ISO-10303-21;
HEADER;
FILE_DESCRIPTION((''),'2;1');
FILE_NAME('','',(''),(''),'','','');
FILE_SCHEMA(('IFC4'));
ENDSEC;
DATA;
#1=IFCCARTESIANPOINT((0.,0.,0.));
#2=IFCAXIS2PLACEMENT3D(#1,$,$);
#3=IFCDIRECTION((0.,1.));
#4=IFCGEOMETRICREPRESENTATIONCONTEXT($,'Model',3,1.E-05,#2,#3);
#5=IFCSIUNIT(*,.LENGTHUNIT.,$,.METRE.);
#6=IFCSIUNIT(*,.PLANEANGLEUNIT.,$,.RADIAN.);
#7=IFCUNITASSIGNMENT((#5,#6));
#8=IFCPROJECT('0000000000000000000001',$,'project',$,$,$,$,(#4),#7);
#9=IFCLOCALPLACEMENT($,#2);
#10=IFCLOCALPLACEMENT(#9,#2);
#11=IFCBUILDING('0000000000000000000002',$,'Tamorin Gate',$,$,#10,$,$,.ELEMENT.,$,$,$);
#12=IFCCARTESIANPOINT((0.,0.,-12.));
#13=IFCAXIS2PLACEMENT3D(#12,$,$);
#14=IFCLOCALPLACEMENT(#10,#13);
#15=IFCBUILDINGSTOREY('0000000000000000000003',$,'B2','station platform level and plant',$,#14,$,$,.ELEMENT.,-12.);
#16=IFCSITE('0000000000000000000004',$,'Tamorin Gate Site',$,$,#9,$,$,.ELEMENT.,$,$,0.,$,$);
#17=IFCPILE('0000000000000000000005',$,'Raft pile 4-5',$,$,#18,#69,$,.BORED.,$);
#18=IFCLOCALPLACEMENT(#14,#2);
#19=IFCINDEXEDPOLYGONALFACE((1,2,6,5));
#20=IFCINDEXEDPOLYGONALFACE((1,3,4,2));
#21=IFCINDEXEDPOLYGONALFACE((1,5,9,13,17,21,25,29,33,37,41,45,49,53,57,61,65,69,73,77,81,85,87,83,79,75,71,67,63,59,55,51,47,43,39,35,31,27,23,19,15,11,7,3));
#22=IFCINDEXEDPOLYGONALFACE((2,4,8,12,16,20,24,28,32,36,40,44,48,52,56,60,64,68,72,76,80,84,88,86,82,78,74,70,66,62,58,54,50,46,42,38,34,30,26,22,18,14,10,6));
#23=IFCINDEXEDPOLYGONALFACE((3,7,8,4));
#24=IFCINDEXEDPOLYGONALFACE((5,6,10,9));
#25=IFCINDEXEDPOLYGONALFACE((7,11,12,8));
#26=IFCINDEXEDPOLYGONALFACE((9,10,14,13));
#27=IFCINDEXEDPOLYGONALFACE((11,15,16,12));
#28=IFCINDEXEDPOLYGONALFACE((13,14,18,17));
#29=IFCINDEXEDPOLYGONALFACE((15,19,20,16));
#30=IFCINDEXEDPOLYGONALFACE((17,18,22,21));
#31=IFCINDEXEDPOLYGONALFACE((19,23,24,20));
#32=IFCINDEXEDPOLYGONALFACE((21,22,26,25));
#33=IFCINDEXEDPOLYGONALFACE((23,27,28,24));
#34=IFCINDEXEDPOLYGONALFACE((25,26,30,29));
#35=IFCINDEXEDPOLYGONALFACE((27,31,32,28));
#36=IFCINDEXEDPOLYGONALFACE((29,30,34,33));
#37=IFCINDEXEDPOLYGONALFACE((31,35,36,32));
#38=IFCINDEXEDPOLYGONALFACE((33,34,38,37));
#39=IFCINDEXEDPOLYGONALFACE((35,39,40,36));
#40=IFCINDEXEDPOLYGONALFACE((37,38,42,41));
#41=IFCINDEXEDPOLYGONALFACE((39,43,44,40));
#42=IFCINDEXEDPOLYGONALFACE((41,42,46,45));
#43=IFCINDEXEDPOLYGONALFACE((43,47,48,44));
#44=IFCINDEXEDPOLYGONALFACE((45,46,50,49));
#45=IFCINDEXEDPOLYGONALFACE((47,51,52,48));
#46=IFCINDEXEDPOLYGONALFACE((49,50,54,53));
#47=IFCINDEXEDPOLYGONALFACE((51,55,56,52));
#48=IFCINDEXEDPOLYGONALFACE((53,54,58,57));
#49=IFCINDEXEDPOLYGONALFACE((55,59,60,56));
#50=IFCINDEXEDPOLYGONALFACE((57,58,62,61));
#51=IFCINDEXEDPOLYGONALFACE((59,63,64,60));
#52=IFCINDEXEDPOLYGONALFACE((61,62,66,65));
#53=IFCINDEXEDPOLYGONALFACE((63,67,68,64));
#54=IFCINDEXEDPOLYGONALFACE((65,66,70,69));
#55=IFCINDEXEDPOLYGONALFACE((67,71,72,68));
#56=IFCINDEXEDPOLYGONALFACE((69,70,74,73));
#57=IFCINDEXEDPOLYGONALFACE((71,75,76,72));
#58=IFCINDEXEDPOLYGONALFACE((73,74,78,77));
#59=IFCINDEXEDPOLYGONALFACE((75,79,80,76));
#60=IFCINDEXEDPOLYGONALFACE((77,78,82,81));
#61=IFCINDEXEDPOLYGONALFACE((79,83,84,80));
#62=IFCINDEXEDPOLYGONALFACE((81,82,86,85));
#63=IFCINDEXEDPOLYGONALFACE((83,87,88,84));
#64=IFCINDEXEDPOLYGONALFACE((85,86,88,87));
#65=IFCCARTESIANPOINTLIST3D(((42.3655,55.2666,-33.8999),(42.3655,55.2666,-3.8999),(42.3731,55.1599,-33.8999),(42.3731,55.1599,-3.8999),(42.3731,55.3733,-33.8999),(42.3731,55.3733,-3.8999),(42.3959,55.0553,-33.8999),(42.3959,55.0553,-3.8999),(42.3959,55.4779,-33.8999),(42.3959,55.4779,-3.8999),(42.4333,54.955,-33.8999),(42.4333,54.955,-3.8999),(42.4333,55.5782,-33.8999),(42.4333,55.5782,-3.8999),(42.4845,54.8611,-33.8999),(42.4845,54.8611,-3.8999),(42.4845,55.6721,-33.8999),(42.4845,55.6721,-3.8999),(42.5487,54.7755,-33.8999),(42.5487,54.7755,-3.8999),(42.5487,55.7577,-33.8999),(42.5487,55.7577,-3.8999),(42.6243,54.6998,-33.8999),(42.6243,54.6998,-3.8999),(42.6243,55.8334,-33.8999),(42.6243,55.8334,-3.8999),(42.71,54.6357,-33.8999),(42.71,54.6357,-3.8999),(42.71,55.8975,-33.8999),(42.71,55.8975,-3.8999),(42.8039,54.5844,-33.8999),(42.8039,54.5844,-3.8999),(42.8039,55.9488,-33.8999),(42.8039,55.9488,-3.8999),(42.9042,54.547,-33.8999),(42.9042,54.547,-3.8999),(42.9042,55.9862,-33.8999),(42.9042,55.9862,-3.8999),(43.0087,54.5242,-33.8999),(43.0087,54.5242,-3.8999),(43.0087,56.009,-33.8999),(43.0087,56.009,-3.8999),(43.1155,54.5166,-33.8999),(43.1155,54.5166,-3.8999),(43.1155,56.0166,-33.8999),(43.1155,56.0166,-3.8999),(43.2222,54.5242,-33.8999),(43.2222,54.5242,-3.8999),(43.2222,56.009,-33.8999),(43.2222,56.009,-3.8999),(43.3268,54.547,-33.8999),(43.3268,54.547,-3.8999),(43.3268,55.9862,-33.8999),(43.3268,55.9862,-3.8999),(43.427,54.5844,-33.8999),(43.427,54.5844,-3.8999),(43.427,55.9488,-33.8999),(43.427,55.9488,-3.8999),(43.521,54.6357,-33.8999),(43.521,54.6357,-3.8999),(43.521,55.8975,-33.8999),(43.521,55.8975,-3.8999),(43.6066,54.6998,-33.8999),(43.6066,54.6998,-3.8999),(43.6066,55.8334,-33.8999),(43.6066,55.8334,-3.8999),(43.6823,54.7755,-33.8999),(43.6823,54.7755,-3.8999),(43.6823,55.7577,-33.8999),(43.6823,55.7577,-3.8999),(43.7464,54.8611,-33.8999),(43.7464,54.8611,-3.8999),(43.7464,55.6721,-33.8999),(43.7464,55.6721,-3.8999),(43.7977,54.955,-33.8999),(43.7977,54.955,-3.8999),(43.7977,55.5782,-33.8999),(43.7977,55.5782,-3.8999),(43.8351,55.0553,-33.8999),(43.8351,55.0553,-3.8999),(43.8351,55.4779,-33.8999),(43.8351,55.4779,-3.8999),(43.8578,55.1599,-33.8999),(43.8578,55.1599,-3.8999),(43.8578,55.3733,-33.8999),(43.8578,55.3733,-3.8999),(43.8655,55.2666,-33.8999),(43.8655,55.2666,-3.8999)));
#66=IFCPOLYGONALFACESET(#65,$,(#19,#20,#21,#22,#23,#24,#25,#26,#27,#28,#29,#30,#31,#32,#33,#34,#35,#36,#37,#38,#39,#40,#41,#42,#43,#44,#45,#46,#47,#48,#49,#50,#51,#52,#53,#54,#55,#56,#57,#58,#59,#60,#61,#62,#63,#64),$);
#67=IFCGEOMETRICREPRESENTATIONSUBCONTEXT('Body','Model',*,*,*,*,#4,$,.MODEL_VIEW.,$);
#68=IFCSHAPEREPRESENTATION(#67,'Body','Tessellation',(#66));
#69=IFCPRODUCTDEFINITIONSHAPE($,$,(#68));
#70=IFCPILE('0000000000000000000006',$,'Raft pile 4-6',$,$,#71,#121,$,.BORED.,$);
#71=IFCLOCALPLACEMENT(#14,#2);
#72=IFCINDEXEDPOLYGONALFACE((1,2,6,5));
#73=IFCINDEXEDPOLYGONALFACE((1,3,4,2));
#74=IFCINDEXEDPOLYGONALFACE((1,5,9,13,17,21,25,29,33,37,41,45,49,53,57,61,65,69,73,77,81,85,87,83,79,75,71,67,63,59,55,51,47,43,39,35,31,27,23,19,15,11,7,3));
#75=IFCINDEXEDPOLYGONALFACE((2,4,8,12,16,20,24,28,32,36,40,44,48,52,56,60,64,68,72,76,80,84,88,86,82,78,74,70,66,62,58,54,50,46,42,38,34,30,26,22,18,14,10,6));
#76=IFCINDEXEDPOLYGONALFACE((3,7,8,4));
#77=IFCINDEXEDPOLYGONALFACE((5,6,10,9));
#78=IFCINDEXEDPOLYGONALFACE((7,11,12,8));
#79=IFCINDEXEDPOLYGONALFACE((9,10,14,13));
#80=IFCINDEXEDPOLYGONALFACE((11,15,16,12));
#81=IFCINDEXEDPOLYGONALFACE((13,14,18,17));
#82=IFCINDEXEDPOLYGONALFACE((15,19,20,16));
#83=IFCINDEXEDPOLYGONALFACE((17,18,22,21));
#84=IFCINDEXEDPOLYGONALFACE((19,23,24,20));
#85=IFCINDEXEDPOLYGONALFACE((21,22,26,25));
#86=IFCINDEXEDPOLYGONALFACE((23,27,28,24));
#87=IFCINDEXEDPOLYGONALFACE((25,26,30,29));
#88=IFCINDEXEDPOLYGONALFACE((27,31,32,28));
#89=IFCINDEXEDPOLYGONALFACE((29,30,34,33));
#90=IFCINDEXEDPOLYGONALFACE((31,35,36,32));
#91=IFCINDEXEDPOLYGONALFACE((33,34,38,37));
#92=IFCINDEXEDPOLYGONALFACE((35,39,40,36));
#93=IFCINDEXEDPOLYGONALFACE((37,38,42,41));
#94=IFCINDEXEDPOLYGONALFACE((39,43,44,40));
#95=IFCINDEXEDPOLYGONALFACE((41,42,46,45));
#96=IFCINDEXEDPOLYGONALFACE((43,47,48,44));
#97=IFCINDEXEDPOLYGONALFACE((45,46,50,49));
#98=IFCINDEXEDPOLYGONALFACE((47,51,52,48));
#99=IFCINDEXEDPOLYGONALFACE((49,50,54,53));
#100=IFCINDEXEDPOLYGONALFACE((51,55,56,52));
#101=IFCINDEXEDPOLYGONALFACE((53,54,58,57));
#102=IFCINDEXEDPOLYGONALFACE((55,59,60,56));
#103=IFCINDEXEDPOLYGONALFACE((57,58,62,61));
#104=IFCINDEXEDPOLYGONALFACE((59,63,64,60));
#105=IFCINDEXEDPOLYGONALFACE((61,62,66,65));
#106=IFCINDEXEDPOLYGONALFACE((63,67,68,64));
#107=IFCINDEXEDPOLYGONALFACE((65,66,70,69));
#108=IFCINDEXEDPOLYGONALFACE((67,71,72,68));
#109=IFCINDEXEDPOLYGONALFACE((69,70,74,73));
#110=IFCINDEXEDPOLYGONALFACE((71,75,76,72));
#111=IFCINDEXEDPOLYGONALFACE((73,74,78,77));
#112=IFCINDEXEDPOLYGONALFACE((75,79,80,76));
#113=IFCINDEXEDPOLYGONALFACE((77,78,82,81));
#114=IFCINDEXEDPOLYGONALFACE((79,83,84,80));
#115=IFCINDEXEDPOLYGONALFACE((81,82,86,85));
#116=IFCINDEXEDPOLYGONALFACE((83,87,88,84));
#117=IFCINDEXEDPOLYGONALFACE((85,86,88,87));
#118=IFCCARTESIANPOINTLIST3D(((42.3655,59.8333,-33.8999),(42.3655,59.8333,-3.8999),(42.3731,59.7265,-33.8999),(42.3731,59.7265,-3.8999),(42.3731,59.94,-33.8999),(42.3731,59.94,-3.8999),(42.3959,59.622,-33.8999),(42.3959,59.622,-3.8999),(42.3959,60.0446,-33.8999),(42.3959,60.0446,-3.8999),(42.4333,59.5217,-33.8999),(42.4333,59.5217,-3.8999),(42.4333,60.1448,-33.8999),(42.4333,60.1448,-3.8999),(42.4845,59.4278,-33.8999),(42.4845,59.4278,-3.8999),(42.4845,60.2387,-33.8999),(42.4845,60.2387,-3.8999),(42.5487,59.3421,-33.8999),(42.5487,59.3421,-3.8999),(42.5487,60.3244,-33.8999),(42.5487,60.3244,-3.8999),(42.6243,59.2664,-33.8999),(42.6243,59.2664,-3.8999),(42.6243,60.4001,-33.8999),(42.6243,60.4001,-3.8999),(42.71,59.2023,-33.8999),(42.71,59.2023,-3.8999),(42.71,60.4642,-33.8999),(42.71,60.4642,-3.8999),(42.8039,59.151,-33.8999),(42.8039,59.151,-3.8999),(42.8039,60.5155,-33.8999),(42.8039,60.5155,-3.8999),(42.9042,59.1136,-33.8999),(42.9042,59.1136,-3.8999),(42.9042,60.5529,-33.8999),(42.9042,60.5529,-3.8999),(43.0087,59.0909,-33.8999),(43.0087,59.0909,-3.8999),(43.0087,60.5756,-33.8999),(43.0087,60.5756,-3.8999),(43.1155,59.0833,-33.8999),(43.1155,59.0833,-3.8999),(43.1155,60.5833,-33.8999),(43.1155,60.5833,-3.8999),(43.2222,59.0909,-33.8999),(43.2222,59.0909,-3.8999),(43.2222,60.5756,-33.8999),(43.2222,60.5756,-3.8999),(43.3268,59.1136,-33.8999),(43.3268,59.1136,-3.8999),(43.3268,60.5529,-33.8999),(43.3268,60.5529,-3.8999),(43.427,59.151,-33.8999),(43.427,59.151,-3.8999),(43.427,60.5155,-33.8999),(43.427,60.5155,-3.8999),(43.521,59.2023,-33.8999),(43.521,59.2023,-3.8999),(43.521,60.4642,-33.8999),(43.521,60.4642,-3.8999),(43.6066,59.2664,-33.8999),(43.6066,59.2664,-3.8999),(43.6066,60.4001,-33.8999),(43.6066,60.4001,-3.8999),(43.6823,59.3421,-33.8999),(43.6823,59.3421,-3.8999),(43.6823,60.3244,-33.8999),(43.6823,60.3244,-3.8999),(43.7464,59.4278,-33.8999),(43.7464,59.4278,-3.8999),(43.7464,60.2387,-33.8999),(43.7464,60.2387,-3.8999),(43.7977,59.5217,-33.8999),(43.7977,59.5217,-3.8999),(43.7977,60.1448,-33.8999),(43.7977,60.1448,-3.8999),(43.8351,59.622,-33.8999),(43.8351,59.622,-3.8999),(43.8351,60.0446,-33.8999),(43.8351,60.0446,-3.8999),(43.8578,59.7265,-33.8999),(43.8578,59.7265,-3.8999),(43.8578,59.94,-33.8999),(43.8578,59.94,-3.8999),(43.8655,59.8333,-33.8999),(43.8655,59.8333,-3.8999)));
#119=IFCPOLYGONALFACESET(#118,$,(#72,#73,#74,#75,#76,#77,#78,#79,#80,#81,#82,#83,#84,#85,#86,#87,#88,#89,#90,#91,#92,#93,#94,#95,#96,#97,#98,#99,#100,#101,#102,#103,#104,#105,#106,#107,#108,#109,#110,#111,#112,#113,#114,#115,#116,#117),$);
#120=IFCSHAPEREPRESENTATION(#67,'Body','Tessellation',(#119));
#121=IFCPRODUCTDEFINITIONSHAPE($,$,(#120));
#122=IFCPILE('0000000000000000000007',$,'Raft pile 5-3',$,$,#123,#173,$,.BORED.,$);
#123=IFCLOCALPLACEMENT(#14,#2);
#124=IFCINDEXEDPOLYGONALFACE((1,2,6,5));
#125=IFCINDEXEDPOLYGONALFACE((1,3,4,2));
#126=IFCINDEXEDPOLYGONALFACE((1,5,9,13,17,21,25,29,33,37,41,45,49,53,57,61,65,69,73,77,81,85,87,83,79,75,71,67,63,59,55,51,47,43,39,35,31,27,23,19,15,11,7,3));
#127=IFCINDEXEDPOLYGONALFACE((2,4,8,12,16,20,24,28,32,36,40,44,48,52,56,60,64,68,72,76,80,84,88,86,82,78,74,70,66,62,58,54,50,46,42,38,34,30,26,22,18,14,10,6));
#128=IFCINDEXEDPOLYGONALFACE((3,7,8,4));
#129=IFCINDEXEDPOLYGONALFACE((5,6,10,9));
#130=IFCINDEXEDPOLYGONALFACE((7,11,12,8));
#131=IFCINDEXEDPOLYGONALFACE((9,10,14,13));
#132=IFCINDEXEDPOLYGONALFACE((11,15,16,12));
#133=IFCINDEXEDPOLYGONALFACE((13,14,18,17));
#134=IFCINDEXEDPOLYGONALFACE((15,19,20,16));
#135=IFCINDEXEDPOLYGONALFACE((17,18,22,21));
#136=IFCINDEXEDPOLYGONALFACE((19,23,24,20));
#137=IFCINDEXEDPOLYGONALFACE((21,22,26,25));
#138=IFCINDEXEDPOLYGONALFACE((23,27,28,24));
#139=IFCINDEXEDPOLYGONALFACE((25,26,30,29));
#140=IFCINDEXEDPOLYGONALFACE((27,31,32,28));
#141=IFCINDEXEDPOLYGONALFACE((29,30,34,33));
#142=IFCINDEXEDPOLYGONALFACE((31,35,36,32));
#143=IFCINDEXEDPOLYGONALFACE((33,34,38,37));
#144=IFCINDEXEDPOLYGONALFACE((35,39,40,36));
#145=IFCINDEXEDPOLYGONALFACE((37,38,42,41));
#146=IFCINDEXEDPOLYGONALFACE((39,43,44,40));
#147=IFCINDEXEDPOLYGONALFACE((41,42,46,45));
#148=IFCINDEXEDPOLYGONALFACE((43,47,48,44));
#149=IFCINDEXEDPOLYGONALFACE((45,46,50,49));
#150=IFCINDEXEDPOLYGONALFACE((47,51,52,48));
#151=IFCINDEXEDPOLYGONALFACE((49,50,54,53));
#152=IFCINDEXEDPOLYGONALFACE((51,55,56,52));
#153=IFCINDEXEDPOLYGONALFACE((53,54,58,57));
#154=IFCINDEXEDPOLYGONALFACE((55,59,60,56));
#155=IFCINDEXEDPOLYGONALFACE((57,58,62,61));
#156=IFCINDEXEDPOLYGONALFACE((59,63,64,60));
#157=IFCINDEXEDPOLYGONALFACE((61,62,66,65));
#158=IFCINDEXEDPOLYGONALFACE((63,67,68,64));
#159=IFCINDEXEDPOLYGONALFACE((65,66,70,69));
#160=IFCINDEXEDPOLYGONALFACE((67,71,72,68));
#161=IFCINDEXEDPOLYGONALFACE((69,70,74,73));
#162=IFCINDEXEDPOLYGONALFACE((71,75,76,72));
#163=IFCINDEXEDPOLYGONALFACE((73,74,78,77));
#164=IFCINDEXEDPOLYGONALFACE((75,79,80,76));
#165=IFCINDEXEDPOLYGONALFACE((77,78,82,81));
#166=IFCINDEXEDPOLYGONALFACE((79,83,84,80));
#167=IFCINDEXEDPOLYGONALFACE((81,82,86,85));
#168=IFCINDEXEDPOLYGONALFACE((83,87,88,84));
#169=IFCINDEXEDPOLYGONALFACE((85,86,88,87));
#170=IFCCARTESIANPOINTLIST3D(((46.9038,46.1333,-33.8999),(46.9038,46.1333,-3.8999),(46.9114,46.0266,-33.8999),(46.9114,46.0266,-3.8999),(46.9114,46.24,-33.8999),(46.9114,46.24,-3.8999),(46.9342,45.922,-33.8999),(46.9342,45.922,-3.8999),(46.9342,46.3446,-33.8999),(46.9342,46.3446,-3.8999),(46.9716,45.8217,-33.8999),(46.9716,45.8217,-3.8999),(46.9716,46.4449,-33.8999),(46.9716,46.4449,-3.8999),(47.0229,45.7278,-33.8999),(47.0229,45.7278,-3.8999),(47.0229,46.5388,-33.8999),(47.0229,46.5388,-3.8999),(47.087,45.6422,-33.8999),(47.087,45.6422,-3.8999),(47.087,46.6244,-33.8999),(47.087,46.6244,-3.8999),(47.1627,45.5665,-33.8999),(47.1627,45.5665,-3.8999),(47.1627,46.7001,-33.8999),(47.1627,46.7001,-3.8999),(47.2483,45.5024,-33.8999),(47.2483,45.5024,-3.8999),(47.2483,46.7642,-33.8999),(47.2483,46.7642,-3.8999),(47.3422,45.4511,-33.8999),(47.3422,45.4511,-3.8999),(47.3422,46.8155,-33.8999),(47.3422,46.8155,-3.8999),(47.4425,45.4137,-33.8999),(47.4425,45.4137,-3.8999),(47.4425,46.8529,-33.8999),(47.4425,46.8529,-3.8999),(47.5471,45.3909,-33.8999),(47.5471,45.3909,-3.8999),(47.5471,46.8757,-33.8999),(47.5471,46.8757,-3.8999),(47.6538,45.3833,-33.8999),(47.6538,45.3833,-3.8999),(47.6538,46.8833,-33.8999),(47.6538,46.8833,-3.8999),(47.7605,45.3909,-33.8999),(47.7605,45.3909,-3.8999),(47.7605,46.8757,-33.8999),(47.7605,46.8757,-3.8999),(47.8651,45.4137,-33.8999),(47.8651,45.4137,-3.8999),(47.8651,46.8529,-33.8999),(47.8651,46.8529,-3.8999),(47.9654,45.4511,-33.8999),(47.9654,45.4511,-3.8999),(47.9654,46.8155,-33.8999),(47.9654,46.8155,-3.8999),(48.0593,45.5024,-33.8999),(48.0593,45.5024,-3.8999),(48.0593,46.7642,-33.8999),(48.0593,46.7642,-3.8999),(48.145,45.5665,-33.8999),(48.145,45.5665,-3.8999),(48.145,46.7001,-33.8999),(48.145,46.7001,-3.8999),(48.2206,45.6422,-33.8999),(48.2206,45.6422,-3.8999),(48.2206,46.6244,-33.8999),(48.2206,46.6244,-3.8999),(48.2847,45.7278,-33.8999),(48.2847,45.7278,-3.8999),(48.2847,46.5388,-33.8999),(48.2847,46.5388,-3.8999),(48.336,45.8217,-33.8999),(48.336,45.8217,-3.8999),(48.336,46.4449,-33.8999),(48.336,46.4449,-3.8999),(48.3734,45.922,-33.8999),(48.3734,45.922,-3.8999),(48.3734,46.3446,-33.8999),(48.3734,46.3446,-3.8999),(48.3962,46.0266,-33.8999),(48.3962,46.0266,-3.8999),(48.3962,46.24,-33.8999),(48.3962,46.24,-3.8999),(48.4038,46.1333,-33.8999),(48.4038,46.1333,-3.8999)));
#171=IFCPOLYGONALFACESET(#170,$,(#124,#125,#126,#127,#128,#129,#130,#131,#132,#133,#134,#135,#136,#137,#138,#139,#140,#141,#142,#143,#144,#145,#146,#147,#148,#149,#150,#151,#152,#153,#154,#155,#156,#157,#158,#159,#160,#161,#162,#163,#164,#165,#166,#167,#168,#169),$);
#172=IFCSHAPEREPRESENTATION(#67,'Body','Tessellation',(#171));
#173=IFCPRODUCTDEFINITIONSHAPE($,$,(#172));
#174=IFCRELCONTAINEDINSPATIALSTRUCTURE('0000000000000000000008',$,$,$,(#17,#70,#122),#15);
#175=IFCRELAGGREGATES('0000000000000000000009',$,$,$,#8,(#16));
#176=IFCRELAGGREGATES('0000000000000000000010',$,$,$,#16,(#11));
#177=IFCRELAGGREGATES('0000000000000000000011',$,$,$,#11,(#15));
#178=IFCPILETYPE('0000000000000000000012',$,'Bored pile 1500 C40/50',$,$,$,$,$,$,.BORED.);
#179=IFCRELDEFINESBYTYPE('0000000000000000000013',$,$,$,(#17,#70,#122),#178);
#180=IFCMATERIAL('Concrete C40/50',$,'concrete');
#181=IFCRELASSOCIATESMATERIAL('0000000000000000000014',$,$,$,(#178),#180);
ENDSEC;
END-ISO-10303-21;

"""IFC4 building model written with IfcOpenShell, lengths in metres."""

from ifc_helpers import new_model, si_unit, direction, frame, origin, origin_2d, place, context, subcontext, project, spatial, circle, extrude, material, material_profile, profile_set, type_object, element, save


model = new_model("IFC4")

# Units and contexts
model_context = context("Model", 3, precision=1e-05, world=origin(), true_north=direction((0.0, 1.0)))
body_context = subcontext(model_context, "Body", "Model", "MODEL_VIEW")
ifc_project = project(units=[si_unit("LENGTHUNIT", "METRE"), si_unit("PLANEANGLEUNIT", "RADIAN")], contexts=[model_context])

# Site, building, storey
site_placement = place(None, origin())
site = spatial("IfcSite", under=ifc_project, at=site_placement, Name="Tamorin Gate Site", CompositionType="ELEMENT", RefElevation=0.0)
building_placement = place(site_placement, origin())
building = spatial("IfcBuilding", under=site, at=building_placement, Name="Tamorin Gate", CompositionType="ELEMENT")
storey_placement = place(building_placement, frame((0.0, 0.0, -12.0)))
storey = spatial("IfcBuildingStorey", under=building, at=storey_placement, Name="B2", Description="station platform level and plant", CompositionType="ELEMENT", Elevation=-12.0)

# Piles
ifc_material_1 = material(Name="Concrete C40/50", Category="concrete")
ifc_material_profile_1 = material_profile(ifc_material_1, circle(Radius=0.75, at=origin_2d()))
ifc_profile_set_1 = profile_set([ifc_material_profile_1], Name="Concrete C40/50")
pile_type = type_object("IfcPileType", Name="Bored pile 1500 C40/50", PredefinedType="BORED", material=ifc_profile_set_1)
for number, where, z_axis, x_axis, name in (
    (1, (43.1155, 55.2666, -3.8999), (0.0, 0.0, -1.0), (1.0, 0.0, 0.0), "Raft pile 4-5"),
    (2, (43.1155, 59.8333, -3.8999), (0.0, 0.0, -1.0), (1.0, 0.0, 0.0), "Raft pile 4-6"),
    (3, (47.6538, 46.1333, -3.8999), (0.0, 0.0, -1.0), (1.0, 0.0, 0.0), "Raft pile 5-3"),
):
    element("IfcPile", number, at=place(storey_placement, frame(where, z_axis=z_axis, x_axis=x_axis)), inside=storey, type_object=pile_type, Name=name, PredefinedType="BORED", context=body_context, shape_type="SweptSolid", body=[
        extrude(circle(Radius=0.75, at=origin_2d()), origin(), (0.0, 0.0, 1.0), 30.0),
    ])

save(model, "model.ifc")
